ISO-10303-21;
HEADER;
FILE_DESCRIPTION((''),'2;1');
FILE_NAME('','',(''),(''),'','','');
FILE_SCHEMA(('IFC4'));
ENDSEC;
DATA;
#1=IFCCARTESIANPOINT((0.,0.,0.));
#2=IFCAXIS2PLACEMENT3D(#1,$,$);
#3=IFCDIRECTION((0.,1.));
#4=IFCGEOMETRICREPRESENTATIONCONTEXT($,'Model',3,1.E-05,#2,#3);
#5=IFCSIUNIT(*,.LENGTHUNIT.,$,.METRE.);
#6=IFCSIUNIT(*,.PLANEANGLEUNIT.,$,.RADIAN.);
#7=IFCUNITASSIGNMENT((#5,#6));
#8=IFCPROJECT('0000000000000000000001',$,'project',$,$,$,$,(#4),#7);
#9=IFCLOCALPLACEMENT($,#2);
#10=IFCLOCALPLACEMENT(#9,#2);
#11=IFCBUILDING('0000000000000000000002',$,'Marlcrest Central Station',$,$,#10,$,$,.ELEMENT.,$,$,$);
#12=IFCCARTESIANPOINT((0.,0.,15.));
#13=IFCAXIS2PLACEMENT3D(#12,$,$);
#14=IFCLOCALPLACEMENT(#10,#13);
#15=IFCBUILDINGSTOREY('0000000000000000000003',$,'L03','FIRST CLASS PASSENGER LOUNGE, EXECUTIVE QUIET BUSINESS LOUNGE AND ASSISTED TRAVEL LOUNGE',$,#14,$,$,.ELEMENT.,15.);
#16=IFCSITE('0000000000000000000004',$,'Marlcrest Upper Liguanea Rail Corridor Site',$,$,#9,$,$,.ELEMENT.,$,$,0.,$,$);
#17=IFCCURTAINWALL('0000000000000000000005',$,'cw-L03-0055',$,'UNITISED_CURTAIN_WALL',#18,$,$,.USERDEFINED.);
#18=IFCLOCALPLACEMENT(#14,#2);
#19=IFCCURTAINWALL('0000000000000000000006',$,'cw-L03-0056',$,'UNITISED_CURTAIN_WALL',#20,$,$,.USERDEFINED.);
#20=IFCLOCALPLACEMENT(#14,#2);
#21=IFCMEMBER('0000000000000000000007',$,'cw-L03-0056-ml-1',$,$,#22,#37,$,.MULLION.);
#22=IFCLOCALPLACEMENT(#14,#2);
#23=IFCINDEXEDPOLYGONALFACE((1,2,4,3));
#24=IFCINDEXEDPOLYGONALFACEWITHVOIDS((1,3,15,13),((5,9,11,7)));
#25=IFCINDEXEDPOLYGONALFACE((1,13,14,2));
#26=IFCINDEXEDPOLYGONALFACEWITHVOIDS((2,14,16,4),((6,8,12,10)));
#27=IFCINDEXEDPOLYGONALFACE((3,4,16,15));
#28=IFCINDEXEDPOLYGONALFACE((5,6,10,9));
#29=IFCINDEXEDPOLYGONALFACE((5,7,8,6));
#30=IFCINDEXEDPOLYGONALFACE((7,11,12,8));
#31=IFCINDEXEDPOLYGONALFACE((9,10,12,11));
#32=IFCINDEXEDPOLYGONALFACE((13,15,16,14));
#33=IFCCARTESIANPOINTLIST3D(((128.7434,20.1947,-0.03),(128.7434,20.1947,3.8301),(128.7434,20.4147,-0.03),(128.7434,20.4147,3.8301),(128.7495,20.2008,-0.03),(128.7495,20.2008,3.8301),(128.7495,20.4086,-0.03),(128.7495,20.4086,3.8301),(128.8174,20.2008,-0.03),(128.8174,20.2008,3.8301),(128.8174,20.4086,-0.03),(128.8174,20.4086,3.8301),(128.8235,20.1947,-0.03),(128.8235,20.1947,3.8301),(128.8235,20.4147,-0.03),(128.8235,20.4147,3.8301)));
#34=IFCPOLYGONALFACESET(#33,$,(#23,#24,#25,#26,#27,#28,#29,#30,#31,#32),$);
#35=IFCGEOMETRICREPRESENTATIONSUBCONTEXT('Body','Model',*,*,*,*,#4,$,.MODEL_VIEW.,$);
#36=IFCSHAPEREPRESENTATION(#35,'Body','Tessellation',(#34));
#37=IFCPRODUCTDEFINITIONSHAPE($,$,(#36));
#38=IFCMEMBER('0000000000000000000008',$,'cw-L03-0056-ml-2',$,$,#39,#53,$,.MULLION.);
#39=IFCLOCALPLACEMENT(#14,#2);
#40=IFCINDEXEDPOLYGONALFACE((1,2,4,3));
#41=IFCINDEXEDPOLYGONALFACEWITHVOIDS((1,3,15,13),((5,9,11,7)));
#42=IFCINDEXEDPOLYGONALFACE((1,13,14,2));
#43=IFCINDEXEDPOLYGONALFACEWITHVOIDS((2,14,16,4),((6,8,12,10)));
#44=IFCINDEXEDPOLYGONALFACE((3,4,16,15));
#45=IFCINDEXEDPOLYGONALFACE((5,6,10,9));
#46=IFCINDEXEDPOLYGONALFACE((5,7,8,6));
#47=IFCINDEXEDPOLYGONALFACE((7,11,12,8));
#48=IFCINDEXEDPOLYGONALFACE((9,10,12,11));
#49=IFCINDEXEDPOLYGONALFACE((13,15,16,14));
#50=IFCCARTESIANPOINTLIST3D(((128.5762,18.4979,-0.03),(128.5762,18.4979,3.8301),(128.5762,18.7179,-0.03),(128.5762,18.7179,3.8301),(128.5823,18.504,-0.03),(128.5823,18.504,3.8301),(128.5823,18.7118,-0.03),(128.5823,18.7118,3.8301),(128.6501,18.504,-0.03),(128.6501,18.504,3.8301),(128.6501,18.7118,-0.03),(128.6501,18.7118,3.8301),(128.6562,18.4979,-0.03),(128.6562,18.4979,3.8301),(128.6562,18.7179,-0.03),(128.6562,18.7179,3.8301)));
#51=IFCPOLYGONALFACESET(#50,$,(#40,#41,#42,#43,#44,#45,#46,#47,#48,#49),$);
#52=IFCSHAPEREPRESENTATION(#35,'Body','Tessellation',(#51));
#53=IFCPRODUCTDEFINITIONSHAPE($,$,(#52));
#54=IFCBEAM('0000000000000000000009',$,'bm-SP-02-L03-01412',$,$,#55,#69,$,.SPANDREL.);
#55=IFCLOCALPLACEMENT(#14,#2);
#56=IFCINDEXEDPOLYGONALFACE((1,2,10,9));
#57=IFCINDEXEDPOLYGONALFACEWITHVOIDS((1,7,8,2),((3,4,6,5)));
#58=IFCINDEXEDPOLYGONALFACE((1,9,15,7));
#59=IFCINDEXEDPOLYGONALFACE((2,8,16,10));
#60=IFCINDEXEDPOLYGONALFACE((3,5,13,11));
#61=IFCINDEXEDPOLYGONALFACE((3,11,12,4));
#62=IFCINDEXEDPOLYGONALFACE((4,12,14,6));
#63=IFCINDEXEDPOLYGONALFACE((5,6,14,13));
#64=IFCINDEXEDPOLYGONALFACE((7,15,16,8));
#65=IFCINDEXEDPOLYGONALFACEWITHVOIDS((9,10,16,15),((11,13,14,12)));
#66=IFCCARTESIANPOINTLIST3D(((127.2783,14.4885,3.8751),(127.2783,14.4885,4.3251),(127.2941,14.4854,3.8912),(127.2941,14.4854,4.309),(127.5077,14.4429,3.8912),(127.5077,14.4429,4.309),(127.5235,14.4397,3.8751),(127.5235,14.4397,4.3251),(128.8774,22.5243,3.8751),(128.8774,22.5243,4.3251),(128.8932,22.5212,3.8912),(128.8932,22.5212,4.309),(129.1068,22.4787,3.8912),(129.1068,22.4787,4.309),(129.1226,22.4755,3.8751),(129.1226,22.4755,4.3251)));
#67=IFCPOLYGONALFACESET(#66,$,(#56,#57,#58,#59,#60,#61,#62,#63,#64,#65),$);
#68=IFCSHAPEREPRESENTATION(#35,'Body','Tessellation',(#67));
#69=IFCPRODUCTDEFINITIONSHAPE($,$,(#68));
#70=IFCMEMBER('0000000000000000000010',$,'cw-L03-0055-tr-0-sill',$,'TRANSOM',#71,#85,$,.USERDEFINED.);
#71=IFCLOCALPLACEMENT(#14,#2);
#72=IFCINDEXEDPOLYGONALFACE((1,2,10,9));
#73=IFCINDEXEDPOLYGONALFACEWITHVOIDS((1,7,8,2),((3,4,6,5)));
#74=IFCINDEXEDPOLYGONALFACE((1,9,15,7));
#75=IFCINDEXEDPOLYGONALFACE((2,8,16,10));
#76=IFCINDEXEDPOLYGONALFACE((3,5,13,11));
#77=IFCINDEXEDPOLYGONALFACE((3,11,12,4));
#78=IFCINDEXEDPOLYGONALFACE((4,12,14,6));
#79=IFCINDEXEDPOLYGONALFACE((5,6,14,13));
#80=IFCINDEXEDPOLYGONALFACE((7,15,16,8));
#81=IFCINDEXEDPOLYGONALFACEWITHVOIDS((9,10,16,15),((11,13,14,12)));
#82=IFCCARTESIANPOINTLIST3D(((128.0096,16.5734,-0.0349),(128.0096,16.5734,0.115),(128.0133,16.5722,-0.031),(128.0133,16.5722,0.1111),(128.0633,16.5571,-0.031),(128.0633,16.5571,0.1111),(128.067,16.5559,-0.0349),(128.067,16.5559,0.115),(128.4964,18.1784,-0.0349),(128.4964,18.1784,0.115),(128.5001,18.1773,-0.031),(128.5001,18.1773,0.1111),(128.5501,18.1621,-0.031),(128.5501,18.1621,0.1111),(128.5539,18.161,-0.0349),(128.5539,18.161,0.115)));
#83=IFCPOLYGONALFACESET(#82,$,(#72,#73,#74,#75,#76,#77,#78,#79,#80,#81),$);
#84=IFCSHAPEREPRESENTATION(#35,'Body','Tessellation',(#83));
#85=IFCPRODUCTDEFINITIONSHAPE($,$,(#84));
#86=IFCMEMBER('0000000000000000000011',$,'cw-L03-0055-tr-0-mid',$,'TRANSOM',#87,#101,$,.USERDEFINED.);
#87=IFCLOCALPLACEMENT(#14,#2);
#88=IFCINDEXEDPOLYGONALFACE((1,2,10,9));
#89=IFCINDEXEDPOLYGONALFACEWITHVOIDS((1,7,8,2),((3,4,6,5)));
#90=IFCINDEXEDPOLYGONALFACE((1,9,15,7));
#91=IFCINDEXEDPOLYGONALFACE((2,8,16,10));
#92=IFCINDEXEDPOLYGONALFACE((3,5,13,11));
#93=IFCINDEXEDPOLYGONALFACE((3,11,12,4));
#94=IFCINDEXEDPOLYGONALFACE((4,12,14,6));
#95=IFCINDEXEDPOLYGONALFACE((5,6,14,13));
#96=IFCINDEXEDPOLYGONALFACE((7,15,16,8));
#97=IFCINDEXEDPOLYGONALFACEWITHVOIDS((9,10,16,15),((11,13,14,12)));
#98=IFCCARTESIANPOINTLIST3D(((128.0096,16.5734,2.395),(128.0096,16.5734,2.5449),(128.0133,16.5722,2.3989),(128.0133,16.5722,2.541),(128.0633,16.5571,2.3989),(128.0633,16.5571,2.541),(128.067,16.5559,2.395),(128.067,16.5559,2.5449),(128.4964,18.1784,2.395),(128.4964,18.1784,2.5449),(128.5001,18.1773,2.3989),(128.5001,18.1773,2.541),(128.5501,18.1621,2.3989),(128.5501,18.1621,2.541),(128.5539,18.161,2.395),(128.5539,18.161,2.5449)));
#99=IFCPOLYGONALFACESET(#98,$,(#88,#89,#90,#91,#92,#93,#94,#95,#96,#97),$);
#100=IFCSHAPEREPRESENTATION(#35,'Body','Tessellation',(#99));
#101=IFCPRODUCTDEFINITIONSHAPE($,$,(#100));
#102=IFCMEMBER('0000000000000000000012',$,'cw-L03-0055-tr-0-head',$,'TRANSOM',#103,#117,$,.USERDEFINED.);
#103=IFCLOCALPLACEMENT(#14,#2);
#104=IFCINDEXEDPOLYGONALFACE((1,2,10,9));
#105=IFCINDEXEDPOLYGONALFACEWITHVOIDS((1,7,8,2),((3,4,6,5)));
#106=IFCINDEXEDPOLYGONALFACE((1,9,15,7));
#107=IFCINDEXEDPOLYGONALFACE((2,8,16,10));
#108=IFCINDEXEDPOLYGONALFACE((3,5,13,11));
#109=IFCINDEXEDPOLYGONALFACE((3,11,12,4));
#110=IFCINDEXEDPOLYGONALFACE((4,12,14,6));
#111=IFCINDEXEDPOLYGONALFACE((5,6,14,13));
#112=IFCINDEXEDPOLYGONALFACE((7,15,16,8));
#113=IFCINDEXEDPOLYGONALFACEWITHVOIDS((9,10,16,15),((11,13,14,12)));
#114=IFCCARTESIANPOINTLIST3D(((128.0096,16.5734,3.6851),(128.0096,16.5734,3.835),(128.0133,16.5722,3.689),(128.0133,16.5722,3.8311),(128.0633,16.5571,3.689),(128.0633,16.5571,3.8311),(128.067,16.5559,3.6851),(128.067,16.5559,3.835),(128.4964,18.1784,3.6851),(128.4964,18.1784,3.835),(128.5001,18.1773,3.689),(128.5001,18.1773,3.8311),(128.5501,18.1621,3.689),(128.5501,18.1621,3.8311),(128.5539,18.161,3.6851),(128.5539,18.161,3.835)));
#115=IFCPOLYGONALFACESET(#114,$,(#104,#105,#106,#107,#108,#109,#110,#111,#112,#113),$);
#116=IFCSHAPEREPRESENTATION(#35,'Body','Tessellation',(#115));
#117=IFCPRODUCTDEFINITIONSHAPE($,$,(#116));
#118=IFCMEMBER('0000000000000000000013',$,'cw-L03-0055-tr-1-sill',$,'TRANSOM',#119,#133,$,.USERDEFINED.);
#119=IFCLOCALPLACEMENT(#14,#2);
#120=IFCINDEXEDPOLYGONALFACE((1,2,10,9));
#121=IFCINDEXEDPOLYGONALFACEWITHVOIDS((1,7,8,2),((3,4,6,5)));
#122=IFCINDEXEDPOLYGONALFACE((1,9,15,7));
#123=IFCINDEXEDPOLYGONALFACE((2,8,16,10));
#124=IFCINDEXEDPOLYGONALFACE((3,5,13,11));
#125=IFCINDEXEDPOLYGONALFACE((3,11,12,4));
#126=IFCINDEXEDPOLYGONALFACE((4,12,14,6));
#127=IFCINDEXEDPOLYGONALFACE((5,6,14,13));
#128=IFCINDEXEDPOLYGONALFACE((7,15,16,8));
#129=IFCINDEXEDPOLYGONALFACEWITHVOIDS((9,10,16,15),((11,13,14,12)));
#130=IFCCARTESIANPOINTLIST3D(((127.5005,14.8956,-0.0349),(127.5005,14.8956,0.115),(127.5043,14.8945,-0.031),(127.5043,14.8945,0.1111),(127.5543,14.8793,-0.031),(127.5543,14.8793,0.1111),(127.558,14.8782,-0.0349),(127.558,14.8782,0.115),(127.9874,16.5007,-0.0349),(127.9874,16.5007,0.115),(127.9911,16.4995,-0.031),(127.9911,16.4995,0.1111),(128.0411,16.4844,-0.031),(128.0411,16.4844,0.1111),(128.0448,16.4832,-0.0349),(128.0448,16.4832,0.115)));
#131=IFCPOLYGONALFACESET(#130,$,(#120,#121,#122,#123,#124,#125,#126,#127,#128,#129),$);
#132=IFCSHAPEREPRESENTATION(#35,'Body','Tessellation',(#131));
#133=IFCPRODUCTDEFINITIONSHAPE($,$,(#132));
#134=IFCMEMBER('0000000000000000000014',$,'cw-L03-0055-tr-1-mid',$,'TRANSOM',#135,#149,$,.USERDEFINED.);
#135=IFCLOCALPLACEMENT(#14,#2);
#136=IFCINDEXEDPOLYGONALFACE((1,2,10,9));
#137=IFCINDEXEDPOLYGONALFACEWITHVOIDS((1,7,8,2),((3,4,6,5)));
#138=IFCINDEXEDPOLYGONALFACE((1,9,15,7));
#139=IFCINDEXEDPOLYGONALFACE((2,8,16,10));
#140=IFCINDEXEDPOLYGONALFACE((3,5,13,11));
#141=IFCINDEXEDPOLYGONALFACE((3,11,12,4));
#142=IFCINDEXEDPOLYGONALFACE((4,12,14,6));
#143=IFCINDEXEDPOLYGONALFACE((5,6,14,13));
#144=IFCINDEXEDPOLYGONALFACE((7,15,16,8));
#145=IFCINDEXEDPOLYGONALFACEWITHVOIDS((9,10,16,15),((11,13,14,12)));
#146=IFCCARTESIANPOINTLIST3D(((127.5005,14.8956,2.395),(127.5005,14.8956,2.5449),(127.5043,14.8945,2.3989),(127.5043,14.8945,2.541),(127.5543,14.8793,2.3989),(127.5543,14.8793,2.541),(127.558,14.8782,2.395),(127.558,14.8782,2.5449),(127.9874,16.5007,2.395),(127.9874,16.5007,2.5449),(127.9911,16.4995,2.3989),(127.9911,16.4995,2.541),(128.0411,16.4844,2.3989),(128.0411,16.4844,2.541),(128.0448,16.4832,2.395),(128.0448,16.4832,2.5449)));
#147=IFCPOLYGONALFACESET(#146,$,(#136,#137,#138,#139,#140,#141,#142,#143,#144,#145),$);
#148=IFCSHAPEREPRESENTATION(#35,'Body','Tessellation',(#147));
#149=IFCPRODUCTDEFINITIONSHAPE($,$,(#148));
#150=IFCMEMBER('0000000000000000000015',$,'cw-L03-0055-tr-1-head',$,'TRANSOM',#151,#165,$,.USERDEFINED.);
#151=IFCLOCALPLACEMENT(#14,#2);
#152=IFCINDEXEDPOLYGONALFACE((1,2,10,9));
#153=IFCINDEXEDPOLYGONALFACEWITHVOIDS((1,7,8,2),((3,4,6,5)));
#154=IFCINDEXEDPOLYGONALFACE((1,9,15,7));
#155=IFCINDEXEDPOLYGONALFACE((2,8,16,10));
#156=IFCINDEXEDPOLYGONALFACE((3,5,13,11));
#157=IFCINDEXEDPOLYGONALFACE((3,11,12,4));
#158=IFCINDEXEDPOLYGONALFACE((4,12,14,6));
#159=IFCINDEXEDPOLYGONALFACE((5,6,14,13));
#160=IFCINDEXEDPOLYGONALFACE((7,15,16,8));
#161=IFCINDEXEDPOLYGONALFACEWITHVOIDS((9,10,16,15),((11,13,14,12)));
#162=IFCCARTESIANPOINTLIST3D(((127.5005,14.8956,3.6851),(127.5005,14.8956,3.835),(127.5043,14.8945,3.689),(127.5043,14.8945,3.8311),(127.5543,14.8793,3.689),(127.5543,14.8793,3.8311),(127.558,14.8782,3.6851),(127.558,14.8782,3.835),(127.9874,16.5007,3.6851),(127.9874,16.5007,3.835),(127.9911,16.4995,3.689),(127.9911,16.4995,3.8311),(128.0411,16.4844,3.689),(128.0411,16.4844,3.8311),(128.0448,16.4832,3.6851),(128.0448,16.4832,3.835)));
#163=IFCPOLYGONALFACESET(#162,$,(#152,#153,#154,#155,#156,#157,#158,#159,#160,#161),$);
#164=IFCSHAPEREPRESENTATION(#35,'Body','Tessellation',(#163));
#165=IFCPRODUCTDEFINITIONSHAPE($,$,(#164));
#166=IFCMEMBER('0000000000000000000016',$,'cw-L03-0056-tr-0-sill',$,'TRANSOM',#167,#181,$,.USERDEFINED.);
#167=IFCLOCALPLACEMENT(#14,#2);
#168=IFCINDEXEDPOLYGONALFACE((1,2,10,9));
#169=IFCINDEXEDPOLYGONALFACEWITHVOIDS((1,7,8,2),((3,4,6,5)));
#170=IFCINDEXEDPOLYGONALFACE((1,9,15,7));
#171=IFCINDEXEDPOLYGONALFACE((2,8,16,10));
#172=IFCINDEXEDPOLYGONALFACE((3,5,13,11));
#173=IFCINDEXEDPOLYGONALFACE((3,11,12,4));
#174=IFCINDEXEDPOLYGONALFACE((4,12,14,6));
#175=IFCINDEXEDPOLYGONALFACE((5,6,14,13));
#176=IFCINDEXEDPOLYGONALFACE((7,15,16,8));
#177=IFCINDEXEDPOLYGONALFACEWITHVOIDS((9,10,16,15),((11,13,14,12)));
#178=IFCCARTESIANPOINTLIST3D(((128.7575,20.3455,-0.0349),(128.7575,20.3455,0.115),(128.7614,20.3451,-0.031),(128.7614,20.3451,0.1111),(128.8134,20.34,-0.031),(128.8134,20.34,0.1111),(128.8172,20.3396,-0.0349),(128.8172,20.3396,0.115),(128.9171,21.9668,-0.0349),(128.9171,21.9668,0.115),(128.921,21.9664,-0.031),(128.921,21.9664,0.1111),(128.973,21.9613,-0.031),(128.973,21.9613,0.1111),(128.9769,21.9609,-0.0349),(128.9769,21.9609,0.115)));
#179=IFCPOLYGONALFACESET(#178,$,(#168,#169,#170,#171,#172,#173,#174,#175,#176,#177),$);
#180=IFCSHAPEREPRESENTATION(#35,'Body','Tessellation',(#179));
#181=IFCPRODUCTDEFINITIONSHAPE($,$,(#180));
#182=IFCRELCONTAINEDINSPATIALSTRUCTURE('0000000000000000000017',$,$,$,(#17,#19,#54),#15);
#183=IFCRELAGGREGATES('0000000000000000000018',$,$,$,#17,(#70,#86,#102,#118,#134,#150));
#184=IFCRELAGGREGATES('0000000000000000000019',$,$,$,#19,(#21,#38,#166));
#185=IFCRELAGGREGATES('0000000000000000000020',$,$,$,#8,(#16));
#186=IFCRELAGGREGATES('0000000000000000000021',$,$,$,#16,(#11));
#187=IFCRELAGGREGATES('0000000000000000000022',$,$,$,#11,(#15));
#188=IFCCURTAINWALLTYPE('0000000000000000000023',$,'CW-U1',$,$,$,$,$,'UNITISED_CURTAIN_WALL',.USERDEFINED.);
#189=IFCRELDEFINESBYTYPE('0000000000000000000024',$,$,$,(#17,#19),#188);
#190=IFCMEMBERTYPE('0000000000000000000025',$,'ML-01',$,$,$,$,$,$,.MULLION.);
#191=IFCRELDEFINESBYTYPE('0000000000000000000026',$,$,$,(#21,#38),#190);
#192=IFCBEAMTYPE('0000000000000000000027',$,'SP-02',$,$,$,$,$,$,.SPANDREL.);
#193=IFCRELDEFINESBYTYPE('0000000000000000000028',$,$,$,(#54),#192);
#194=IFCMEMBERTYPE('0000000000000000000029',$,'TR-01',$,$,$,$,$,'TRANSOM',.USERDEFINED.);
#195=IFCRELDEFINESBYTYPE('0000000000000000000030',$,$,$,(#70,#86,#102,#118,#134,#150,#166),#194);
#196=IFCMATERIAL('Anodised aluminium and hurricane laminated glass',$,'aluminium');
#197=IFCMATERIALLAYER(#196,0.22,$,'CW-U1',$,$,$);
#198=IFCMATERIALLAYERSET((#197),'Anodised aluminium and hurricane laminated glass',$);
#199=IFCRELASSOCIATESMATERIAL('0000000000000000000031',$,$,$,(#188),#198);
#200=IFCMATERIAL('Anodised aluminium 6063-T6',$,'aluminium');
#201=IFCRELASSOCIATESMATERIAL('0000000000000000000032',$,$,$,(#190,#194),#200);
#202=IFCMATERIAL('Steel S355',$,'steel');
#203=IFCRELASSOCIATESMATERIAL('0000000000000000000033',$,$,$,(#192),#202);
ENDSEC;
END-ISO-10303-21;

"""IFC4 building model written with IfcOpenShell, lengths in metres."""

from ifc_helpers import new_model, si_unit, direction, frame, origin, origin_2d, place, context, subcontext, project, spatial, hollow_rectangle, extrude, material, layer, layer_set, material_profile, profile_set, type_object, element, aggregate, save


model = new_model("IFC4")

# Units and contexts
model_context = context("Model", 3, precision=1e-05, world=origin(), true_north=direction((0.0, 1.0)))
body_context = subcontext(model_context, "Body", "Model", "MODEL_VIEW")
ifc_project = project(units=[si_unit("LENGTHUNIT", "METRE"), si_unit("PLANEANGLEUNIT", "RADIAN")], contexts=[model_context])

# Site, building, storey
site_placement = place(None, origin())
site = spatial("IfcSite", under=ifc_project, at=site_placement, Name="Marlcrest Upper Liguanea Rail Corridor Site", CompositionType="ELEMENT", RefElevation=0.0)
building_placement = place(site_placement, origin())
building = spatial("IfcBuilding", under=site, at=building_placement, Name="Marlcrest Central Station", CompositionType="ELEMENT")
storey_placement = place(building_placement, frame((0.0, 0.0, 15.0)))
storey = spatial("IfcBuildingStorey", under=building, at=storey_placement, Name="L03", Description="FIRST CLASS PASSENGER LOUNGE, EXECUTIVE QUIET BUSINESS LOUNGE AND ASSISTED TRAVEL LOUNGE", CompositionType="ELEMENT", Elevation=15.0)

# Shared definitions
ifc_material_1 = material(Name="Steel S355", Category="steel")

# Shared definitions
ifc_material_2 = material(Name="Anodised aluminium and hurricane laminated glass", Category="aluminium")
ifc_layer_1 = layer(ifc_material_2, 0.22, Name="CW-U1")
ifc_layer_set_1 = layer_set([ifc_layer_1], Name="Anodised aluminium and hurricane laminated glass")
curtain_wall_type = type_object("IfcCurtainWallType", Name="CW-U1", ElementType="UNITISED_CURTAIN_WALL", PredefinedType="USERDEFINED", material=ifc_layer_set_1)
ifc_material_3 = material(Name="Anodised aluminium 6063-T6", Category="aluminium")
ifc_material_profile_1 = material_profile(ifc_material_3, hollow_rectangle(XDim=0.0801, YDim=0.22, WallThickness=0.0061, at=origin_2d()), Name="AA-RHS 220x80x6")
ifc_profile_set_1 = profile_set([ifc_material_profile_1], Name="Anodised aluminium 6063-T6")
member_type_1 = type_object("IfcMemberType", Name="ML-01", PredefinedType="MULLION", material=ifc_profile_set_1)

# Curtain walls, members
curtain_wall_1_placement = place(storey_placement, origin())
curtain_wall_1 = element("IfcCurtainWall", 1, at=curtain_wall_1_placement, inside=storey, type_object=curtain_wall_type, Name="cw-L03-0055", ObjectType="UNITISED_CURTAIN_WALL", PredefinedType="USERDEFINED")
curtain_wall_2_placement = place(storey_placement, origin())
curtain_wall_2 = element("IfcCurtainWall", 2, at=curtain_wall_2_placement, inside=storey, type_object=curtain_wall_type, Name="cw-L03-0056", ObjectType="UNITISED_CURTAIN_WALL", PredefinedType="USERDEFINED")
member_1_placement = place(storey_placement, frame((128.7834, 20.3047, -0.03), z_axis=(0.0, 0.0, 1.0), x_axis=(1.0, 0.0, 0.0)))
member_1 = element("IfcMember", 3, at=member_1_placement, type_object=member_type_1, Name="cw-L03-0056-ml-1", PredefinedType="MULLION", context=body_context, shape_type="SweptSolid", body=[
    extrude(hollow_rectangle(XDim=0.0801, YDim=0.22, WallThickness=0.0061, at=origin_2d()), origin(), (0.0, 0.0, 1.0), 3.8601),
])
member_2_placement = place(storey_placement, frame((128.6162, 18.6079, -0.03), z_axis=(0.0, 0.0, 1.0), x_axis=(1.0, 0.0, 0.0)))
member_2 = element("IfcMember", 4, at=member_2_placement, type_object=member_type_1, Name="cw-L03-0056-ml-2", PredefinedType="MULLION", context=body_context, shape_type="SweptSolid", body=[
    extrude(hollow_rectangle(XDim=0.0801, YDim=0.22, WallThickness=0.0061, at=origin_2d()), origin(), (0.0, 0.0, 1.0), 3.8601),
])

# Beam
ifc_material_profile_2 = material_profile(ifc_material_1, hollow_rectangle(XDim=0.25, YDim=0.45, WallThickness=0.0161, at=origin_2d()), Name="RHS 450x250x16")
ifc_profile_set_2 = profile_set([ifc_material_profile_2], Name="Steel S355")
beam_type = type_object("IfcBeamType", Name="SP-02", PredefinedType="SPANDREL", material=ifc_profile_set_2)
beam_placement = place(storey_placement, frame((127.4009, 14.4641, 4.1001), z_axis=(0.195171, 0.980769, 0.0), x_axis=(-0.980769, 0.195171, 0.0)))
element("IfcBeam", 5, at=beam_placement, inside=storey, type_object=beam_type, Name="bm-SP-02-L03-01412", PredefinedType="SPANDREL", context=body_context, shape_type="SweptSolid", body=[
    extrude(hollow_rectangle(XDim=0.25, YDim=0.45, WallThickness=0.0161, at=origin_2d()), origin(), (0.0, 0.0, 1.0), 8.1934),
])

# Members
ifc_material_profile_3 = material_profile(ifc_material_3, hollow_rectangle(XDim=0.0601, YDim=0.1499, WallThickness=0.0039, at=origin_2d()), Name="AA-RHS 150x60x4")
ifc_profile_set_3 = profile_set([ifc_material_profile_3], Name="Anodised aluminium 6063-T6")
member_type_2 = type_object("IfcMemberType", Name="TR-01", ElementType="TRANSOM", PredefinedType="USERDEFINED", material=ifc_profile_set_3)
member_3_placement = place(storey_placement, frame((128.5251, 18.1697, 0.04), z_axis=(-0.290258, -0.956948, 0.0), x_axis=(0.956948, -0.290258, 0.0)))
member_3 = element("IfcMember", 6, at=member_3_placement, type_object=member_type_2, Name="cw-L03-0055-tr-0-sill", ObjectType="TRANSOM", PredefinedType="USERDEFINED", context=body_context, shape_type="SweptSolid", body=[
    extrude(hollow_rectangle(XDim=0.0601, YDim=0.1499, WallThickness=0.0039, at=origin_2d()), origin(), (0.0, 0.0, 1.0), 1.6772),
])
member_4_placement = place(storey_placement, frame((128.5251, 18.1697, 2.47), z_axis=(-0.290258, -0.956948, 0.0), x_axis=(0.956948, -0.290258, 0.0)))
member_4 = element("IfcMember", 7, at=member_4_placement, type_object=member_type_2, Name="cw-L03-0055-tr-0-mid", ObjectType="TRANSOM", PredefinedType="USERDEFINED", context=body_context, shape_type="SweptSolid", body=[
    extrude(hollow_rectangle(XDim=0.0601, YDim=0.1499, WallThickness=0.0039, at=origin_2d()), origin(), (0.0, 0.0, 1.0), 1.6772),
])
member_5_placement = place(storey_placement, frame((128.5251, 18.1697, 3.76), z_axis=(-0.290258, -0.956948, 0.0), x_axis=(0.956948, -0.290258, 0.0)))
member_5 = element("IfcMember", 8, at=member_5_placement, type_object=member_type_2, Name="cw-L03-0055-tr-0-head", ObjectType="TRANSOM", PredefinedType="USERDEFINED", context=body_context, shape_type="SweptSolid", body=[
    extrude(hollow_rectangle(XDim=0.0601, YDim=0.1499, WallThickness=0.0039, at=origin_2d()), origin(), (0.0, 0.0, 1.0), 1.6772),
])
member_6_placement = place(storey_placement, frame((128.0161, 16.4919, 0.04), z_axis=(-0.290258, -0.956948, 0.0), x_axis=(0.956948, -0.290258, 0.0)))
member_6 = element("IfcMember", 9, at=member_6_placement, type_object=member_type_2, Name="cw-L03-0055-tr-1-sill", ObjectType="TRANSOM", PredefinedType="USERDEFINED", context=body_context, shape_type="SweptSolid", body=[
    extrude(hollow_rectangle(XDim=0.0601, YDim=0.1499, WallThickness=0.0039, at=origin_2d()), origin(), (0.0, 0.0, 1.0), 1.6772),
])
member_7_placement = place(storey_placement, frame((128.0161, 16.4919, 2.47), z_axis=(-0.290258, -0.956948, 0.0), x_axis=(0.956948, -0.290258, 0.0)))
member_7 = element("IfcMember", 10, at=member_7_placement, type_object=member_type_2, Name="cw-L03-0055-tr-1-mid", ObjectType="TRANSOM", PredefinedType="USERDEFINED", context=body_context, shape_type="SweptSolid", body=[
    extrude(hollow_rectangle(XDim=0.0601, YDim=0.1499, WallThickness=0.0039, at=origin_2d()), origin(), (0.0, 0.0, 1.0), 1.6772),
])
member_8_placement = place(storey_placement, frame((128.0161, 16.4919, 3.76), z_axis=(-0.290258, -0.956948, 0.0), x_axis=(0.956948, -0.290258, 0.0)))
member_8 = element("IfcMember", 11, at=member_8_placement, type_object=member_type_2, Name="cw-L03-0055-tr-1-head", ObjectType="TRANSOM", PredefinedType="USERDEFINED", context=body_context, shape_type="SweptSolid", body=[
    extrude(hollow_rectangle(XDim=0.0601, YDim=0.1499, WallThickness=0.0039, at=origin_2d()), origin(), (0.0, 0.0, 1.0), 1.6772),
])
member_9_placement = place(storey_placement, frame((128.947, 21.9639, 0.04), z_axis=(-0.098005, -0.995186, 0.0), x_axis=(0.995186, -0.098005, 0.0)))
member_9 = element("IfcMember", 12, at=member_9_placement, type_object=member_type_2, Name="cw-L03-0056-tr-0-sill", ObjectType="TRANSOM", PredefinedType="USERDEFINED", context=body_context, shape_type="SweptSolid", body=[
    extrude(hollow_rectangle(XDim=0.0601, YDim=0.1499, WallThickness=0.0039, at=origin_2d()), origin(), (0.0, 0.0, 1.0), 1.6292),
])

aggregate(curtain_wall_1, [member_3, member_4, member_5, member_6, member_7, member_8])
aggregate(curtain_wall_2, [member_1, member_2, member_9])

save(model, "model.ifc")
